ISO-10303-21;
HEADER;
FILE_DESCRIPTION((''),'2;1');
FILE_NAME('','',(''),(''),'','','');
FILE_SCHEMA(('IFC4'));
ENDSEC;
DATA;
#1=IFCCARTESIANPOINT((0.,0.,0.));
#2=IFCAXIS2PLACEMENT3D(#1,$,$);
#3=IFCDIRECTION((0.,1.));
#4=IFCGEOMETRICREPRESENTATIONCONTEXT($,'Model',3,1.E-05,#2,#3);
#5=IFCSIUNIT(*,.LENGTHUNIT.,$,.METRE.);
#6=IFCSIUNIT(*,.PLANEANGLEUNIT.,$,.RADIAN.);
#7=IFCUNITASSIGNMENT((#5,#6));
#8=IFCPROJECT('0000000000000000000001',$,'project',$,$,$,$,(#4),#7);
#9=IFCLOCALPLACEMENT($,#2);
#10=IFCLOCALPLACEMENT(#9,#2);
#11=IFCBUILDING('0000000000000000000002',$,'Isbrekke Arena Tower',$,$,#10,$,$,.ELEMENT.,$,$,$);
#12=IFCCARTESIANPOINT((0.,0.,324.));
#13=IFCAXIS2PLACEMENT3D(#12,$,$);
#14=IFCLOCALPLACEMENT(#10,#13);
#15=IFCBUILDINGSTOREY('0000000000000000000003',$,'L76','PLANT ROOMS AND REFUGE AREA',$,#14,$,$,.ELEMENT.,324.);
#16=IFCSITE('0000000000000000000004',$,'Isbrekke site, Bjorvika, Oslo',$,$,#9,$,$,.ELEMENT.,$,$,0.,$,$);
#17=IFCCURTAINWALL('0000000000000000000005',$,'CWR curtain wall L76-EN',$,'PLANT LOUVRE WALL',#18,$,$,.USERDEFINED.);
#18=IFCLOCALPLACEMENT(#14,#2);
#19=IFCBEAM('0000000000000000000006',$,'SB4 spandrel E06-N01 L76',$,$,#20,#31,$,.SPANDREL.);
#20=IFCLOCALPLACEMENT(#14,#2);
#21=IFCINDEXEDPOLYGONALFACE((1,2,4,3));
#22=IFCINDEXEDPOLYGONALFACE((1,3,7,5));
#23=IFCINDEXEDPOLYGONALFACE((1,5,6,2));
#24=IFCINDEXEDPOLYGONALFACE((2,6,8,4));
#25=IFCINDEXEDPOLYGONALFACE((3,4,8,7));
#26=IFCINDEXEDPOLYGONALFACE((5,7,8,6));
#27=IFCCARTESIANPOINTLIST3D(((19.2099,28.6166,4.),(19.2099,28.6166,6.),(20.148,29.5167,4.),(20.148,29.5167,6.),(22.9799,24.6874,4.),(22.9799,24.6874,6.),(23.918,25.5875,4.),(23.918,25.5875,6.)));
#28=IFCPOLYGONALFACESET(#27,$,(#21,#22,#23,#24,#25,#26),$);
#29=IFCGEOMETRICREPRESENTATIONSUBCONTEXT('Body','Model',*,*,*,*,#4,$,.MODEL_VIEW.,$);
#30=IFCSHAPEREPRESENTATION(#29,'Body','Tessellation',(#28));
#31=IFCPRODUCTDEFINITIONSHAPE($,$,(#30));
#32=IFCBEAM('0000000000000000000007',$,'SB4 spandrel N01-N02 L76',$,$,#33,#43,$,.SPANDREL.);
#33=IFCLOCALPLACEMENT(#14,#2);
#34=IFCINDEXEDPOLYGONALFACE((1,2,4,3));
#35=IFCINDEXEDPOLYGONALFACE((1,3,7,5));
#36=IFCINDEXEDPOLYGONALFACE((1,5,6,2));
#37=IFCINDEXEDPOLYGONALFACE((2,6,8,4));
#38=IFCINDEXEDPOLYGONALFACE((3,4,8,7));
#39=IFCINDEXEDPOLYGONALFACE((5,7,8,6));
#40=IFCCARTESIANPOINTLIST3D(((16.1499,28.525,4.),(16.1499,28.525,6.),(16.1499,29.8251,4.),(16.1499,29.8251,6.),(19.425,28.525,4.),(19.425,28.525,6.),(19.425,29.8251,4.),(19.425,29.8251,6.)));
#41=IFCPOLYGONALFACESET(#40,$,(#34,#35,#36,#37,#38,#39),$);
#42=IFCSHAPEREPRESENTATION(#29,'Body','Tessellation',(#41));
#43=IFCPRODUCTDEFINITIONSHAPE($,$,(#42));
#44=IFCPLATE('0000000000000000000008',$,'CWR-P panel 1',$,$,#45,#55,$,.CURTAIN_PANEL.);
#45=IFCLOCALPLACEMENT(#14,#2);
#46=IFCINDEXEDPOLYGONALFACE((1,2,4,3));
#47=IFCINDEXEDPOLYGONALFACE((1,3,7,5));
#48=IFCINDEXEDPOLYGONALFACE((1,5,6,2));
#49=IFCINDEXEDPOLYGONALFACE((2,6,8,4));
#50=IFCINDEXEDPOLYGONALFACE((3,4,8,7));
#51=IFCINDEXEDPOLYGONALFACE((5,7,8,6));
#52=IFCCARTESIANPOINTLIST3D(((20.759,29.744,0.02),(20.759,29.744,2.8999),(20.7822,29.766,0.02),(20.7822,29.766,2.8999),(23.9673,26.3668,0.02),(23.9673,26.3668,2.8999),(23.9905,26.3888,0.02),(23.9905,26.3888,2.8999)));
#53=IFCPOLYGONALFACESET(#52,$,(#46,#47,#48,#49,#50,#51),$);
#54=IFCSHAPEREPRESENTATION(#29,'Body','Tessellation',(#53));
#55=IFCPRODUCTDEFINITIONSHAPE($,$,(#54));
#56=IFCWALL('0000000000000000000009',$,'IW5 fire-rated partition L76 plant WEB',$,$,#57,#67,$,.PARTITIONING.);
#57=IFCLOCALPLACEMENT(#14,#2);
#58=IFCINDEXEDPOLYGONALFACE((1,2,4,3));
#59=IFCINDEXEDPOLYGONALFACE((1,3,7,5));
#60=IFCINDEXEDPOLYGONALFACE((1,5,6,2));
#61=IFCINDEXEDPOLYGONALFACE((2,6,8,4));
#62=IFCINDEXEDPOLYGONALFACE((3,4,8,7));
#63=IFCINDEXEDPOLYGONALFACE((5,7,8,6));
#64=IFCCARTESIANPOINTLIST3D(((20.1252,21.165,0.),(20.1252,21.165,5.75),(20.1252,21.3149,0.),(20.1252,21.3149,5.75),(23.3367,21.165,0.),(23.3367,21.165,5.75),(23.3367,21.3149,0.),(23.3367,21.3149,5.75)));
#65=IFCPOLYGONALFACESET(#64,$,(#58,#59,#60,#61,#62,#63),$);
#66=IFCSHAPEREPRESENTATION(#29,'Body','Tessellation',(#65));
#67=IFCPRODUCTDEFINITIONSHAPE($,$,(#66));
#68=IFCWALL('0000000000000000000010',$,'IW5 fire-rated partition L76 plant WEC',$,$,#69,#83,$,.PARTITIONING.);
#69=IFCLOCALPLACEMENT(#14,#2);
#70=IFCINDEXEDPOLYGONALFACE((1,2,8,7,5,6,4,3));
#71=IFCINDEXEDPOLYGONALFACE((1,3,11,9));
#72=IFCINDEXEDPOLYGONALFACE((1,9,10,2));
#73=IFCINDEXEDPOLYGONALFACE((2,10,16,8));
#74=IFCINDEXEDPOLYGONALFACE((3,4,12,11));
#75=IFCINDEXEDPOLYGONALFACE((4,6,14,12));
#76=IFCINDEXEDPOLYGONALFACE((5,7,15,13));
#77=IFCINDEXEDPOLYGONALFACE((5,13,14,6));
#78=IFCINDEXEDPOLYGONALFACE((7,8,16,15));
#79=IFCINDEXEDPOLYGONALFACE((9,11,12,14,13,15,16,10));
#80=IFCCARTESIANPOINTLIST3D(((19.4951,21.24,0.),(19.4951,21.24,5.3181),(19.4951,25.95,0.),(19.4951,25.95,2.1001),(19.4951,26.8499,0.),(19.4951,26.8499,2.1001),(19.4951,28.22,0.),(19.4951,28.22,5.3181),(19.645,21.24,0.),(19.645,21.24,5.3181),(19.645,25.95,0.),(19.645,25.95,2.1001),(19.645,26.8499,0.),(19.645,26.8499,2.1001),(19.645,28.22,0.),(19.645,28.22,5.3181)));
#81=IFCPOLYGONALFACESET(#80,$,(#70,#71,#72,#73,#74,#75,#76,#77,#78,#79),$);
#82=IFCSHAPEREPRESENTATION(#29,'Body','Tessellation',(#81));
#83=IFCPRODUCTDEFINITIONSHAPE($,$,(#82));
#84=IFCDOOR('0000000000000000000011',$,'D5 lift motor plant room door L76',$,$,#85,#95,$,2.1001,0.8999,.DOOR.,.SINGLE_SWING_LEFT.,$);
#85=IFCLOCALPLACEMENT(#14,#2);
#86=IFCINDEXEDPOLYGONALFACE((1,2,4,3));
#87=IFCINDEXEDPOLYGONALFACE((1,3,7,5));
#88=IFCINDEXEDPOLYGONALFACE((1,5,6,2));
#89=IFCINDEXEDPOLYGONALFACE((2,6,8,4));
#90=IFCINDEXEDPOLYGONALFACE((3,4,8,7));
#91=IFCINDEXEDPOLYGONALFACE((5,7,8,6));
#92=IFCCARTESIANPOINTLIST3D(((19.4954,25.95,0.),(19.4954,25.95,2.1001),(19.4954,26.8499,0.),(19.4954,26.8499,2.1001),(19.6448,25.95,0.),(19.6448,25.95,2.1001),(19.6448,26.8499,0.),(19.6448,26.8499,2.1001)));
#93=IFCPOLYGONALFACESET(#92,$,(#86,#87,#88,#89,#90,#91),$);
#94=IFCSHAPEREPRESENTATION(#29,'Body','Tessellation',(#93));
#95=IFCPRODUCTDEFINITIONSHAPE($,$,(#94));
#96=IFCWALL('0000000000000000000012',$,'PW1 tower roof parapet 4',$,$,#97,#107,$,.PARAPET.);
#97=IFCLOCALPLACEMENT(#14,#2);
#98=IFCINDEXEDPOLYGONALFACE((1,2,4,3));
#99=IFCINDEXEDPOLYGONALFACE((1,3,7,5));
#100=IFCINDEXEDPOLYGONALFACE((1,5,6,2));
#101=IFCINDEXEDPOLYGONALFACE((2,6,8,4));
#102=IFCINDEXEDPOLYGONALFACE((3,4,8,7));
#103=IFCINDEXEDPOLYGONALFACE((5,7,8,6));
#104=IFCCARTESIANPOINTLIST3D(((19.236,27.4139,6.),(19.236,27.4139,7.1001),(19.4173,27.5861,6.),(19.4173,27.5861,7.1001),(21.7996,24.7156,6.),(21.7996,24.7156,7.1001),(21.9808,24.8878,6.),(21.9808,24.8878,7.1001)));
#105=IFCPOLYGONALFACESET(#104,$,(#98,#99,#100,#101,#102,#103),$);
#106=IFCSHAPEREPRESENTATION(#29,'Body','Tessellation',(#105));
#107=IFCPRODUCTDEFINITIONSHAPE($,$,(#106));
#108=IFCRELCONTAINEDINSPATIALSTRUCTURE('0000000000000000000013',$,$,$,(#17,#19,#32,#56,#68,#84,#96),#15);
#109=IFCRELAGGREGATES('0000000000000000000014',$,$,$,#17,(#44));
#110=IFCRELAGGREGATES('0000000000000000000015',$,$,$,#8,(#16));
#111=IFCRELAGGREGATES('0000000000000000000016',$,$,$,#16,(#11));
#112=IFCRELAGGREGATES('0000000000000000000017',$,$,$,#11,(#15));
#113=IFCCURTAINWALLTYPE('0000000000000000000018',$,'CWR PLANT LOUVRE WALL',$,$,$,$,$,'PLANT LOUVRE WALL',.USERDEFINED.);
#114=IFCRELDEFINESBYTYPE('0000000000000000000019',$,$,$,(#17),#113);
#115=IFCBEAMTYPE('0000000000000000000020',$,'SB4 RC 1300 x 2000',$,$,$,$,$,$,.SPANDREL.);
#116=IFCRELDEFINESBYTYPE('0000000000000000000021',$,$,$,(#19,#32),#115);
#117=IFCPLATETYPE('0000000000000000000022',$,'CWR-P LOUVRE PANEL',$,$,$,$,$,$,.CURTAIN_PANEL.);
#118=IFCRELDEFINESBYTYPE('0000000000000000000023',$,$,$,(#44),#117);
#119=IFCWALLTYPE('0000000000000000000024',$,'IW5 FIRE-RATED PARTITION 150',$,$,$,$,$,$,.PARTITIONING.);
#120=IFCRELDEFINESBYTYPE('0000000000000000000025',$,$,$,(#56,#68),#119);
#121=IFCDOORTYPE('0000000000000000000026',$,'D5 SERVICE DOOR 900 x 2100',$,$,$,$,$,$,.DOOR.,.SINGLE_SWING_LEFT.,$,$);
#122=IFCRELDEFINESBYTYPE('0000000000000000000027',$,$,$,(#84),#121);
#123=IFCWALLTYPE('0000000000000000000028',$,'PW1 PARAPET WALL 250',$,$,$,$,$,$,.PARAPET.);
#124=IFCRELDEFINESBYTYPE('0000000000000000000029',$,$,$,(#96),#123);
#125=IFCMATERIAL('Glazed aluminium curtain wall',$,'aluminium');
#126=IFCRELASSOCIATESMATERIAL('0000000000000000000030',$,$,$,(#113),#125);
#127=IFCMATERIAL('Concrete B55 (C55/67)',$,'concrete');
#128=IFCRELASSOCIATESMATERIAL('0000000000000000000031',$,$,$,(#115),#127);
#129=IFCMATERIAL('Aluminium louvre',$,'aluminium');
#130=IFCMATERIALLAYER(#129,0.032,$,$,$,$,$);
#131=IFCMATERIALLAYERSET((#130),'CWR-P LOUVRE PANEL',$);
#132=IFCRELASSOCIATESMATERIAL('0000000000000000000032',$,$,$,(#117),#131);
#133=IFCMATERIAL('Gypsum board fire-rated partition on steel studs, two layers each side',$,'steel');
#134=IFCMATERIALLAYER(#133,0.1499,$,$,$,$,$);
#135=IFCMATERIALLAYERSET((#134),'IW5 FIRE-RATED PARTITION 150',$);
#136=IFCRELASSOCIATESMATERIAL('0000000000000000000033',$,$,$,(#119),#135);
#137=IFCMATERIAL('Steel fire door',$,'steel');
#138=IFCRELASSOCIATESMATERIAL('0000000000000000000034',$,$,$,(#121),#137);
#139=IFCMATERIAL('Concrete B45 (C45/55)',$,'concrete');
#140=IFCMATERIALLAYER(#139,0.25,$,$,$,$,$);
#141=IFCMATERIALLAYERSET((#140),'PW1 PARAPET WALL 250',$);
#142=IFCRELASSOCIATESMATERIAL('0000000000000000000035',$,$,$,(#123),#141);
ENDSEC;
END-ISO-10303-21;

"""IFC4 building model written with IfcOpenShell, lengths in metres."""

from ifc_helpers import new_model, si_unit, direction, frame, frame_2d, origin, origin_2d, place, context, subcontext, project, spatial, rectangle, extrude, material, layer, layer_set, material_profile, profile_set, type_object, element, fill, aggregate, save


model = new_model("IFC4")

# Units and contexts
model_context = context("Model", 3, precision=1e-05, world=origin(), true_north=direction((0.0, 1.0)))
body_context = subcontext(model_context, "Body", "Model", "MODEL_VIEW")
ifc_project = project(units=[si_unit("LENGTHUNIT", "METRE"), si_unit("PLANEANGLEUNIT", "RADIAN")], contexts=[model_context])

# Site, building, storey
site_placement = place(None, origin())
site = spatial("IfcSite", under=ifc_project, at=site_placement, Name="Isbrekke site, Bjorvika, Oslo", CompositionType="ELEMENT", RefElevation=0.0)
building_placement = place(site_placement, origin())
building = spatial("IfcBuilding", under=site, at=building_placement, Name="Isbrekke Arena Tower", CompositionType="ELEMENT")
storey_placement = place(building_placement, frame((0.0, 0.0, 324.0)))
storey = spatial("IfcBuildingStorey", under=building, at=storey_placement, Name="L76", Description="PLANT ROOMS AND REFUGE AREA", CompositionType="ELEMENT", Elevation=324.0)

# Curtain wall
ifc_material_1 = material(Name="Glazed aluminium curtain wall", Category="aluminium")
curtain_wall_type = type_object("IfcCurtainWallType", Name="CWR PLANT LOUVRE WALL", ElementType="PLANT LOUVRE WALL", PredefinedType="USERDEFINED", material=ifc_material_1)
curtain_wall_1_placement = place(storey_placement, origin())
curtain_wall_1 = element("IfcCurtainWall", 1, at=curtain_wall_1_placement, inside=storey, type_object=curtain_wall_type, Name="CWR curtain wall L76-EN", ObjectType="PLANT LOUVRE WALL", PredefinedType="USERDEFINED")

# Beams
ifc_material_2 = material(Name="Concrete B55 (C55/67)", Category="concrete")
ifc_material_profile_1 = material_profile(ifc_material_2, rectangle(XDim=1.3, YDim=2.0, at=origin_2d()), Name="RC 1300x2000")
ifc_profile_set_1 = profile_set([ifc_material_profile_1], Name="Concrete B55 (C55/67)")
beam_type_1 = type_object("IfcBeamType", Name="SB4 RC 1300 x 2000", PredefinedType="SPANDREL", material=ifc_profile_set_1)
beam_1_placement = place(storey_placement, frame((23.449, 25.1375, 5.0), z_axis=(-0.69234, 0.721572, 0.0), x_axis=(-0.721572, -0.69234, 0.0)))
element("IfcBeam", 2, at=beam_1_placement, inside=storey, type_object=beam_type_1, Name="SB4 spandrel E06-N01 L76", PredefinedType="SPANDREL", context=body_context, shape_type="SweptSolid", body=[
    extrude(rectangle(XDim=1.3, YDim=2.0, at=origin_2d()), origin(), (0.0, 0.0, 1.0), 5.4453),
])
beam_2_placement = place(storey_placement, frame((19.425, 29.175, 5.0), z_axis=(-1.0, 0.0, 0.0), x_axis=(0.0, -1.0, 0.0)))
element("IfcBeam", 3, at=beam_2_placement, inside=storey, type_object=beam_type_1, Name="SB4 spandrel N01-N02 L76", PredefinedType="SPANDREL", context=body_context, shape_type="SweptSolid", body=[
    extrude(rectangle(XDim=1.3, YDim=2.0, at=origin_2d()), origin(), (0.0, 0.0, 1.0), 3.2751),
])

# Plate
ifc_material_3 = material(Name="Aluminium louvre", Category="aluminium")
ifc_layer_1 = layer(ifc_material_3, 0.032)
ifc_layer_set_1 = layer_set([ifc_layer_1], Name="CWR-P LOUVRE PANEL")
plate_type = type_object("IfcPlateType", Name="CWR-P LOUVRE PANEL", PredefinedType="CURTAIN_PANEL", material=ifc_layer_set_1)
plate_placement = place(storey_placement, frame((22.3748, 28.0664, 0.02), z_axis=(0.0, 0.0, 1.0), x_axis=(-0.688749, 0.724999, 0.0)))
plate = element("IfcPlate", 4, at=plate_placement, type_object=plate_type, Name="CWR-P panel 1", PredefinedType="CURTAIN_PANEL", context=body_context, shape_type="SweptSolid", body=[
    extrude(rectangle(XDim=4.6582, YDim=0.032, at=origin_2d()), origin(), (0.0, 0.0, 1.0), 2.8799),
])
aggregate(curtain_wall_1, [plate])

# Wall
ifc_material_4 = material(Name="Gypsum board fire-rated partition on steel studs, two layers each side", Category="steel")
ifc_layer_2 = layer(ifc_material_4, 0.1499)
ifc_layer_set_2 = layer_set([ifc_layer_2], Name="IW5 FIRE-RATED PARTITION 150")
wall_type_1 = type_object("IfcWallType", Name="IW5 FIRE-RATED PARTITION 150", PredefinedType="PARTITIONING", material=ifc_layer_set_2)
wall_1_placement = place(storey_placement, frame((20.1252, 21.24, 0.0), z_axis=(0.0, 0.0, 1.0), x_axis=(1.0, 0.0, 0.0)))
element("IfcWall", 5, at=wall_1_placement, inside=storey, type_object=wall_type_1, Name="IW5 fire-rated partition L76 plant WEB", PredefinedType="PARTITIONING", context=body_context, shape_type="SweptSolid", body=[
    extrude(rectangle(XDim=3.2114, YDim=0.1499, at=frame_2d((1.6057, 0.0))), origin(), (0.0, 0.0, 1.0), 5.75),
])

# Wall, opening, door
wall_2_placement = place(storey_placement, frame((19.5701, 21.24, 0.0), z_axis=(0.0, 0.0, 1.0), x_axis=(0.0, 1.0, 0.0)))
wall_2 = element("IfcWall", 6, at=wall_2_placement, inside=storey, type_object=wall_type_1, Name="IW5 fire-rated partition L76 plant WEC", PredefinedType="PARTITIONING", context=body_context, shape_type="SweptSolid", body=[
    extrude(rectangle(XDim=6.98, YDim=0.1499, at=frame_2d((3.49, 0.0))), origin(), (0.0, 0.0, 1.0), 5.3181),
])
opening_placement = place(wall_2_placement, frame((4.71, 0.0, 0.0)))
opening = element("IfcOpeningElement", 7, at=opening_placement, cuts=wall_2, PredefinedType="OPENING", context=body_context, shape_type="SweptSolid", body=[
    extrude(rectangle(XDim=0.8999, YDim=2.1001, at=frame_2d((0.45, 1.05))), frame((0.0, 0.0898, 0.0), z_axis=(0.0, -1.0, 0.0), x_axis=(1.0, 0.0, 0.0)), (0.0, 0.0, 1.0), 0.1797),
])
ifc_material_5 = material(Name="Steel fire door", Category="steel")
door_type = type_object("IfcDoorType", Name="D5 SERVICE DOOR 900 x 2100", OperationType="SINGLE_SWING_LEFT", PredefinedType="DOOR", material=ifc_material_5)
door_placement = place(opening_placement, origin())
door = element("IfcDoor", 8, at=door_placement, inside=storey, type_object=door_type, Name="D5 lift motor plant room door L76", OperationType="SINGLE_SWING_LEFT", OverallHeight=2.1001, OverallWidth=0.8999, PredefinedType="DOOR", context=body_context, shape_type="SweptSolid", body=[
    extrude(rectangle(XDim=0.8999, YDim=2.1001, at=frame_2d((0.45, 1.05))), frame((0.0, 0.0747, 0.0), z_axis=(0.0, -1.0, 0.0), x_axis=(1.0, 0.0, 0.0)), (0.0, 0.0, 1.0), 0.1494),
])
fill(opening, door)

# Wall
ifc_material_6 = material(Name="Concrete B45 (C45/55)", Category="concrete")
ifc_layer_3 = layer(ifc_material_6, 0.25)
ifc_layer_set_3 = layer_set([ifc_layer_3], Name="PW1 PARAPET WALL 250")
wall_type_2 = type_object("IfcWallType", Name="PW1 PARAPET WALL 250", PredefinedType="PARAPET", material=ifc_layer_set_3)
wall_3_placement = place(storey_placement, frame((21.8901, 24.8018, 6.0), z_axis=(0.0, 0.0, 1.0), x_axis=(-0.68877, 0.72498, 0.0)))
element("IfcWall", 9, at=wall_3_placement, inside=storey, type_object=wall_type_2, Name="PW1 tower roof parapet 4", PredefinedType="PARAPET", context=body_context, shape_type="SweptSolid", body=[
    extrude(rectangle(XDim=3.7219, YDim=0.25, at=frame_2d((1.8608, 0.0))), origin(), (0.0, 0.0, 1.0), 1.1001),
])

save(model, "model.ifc")
